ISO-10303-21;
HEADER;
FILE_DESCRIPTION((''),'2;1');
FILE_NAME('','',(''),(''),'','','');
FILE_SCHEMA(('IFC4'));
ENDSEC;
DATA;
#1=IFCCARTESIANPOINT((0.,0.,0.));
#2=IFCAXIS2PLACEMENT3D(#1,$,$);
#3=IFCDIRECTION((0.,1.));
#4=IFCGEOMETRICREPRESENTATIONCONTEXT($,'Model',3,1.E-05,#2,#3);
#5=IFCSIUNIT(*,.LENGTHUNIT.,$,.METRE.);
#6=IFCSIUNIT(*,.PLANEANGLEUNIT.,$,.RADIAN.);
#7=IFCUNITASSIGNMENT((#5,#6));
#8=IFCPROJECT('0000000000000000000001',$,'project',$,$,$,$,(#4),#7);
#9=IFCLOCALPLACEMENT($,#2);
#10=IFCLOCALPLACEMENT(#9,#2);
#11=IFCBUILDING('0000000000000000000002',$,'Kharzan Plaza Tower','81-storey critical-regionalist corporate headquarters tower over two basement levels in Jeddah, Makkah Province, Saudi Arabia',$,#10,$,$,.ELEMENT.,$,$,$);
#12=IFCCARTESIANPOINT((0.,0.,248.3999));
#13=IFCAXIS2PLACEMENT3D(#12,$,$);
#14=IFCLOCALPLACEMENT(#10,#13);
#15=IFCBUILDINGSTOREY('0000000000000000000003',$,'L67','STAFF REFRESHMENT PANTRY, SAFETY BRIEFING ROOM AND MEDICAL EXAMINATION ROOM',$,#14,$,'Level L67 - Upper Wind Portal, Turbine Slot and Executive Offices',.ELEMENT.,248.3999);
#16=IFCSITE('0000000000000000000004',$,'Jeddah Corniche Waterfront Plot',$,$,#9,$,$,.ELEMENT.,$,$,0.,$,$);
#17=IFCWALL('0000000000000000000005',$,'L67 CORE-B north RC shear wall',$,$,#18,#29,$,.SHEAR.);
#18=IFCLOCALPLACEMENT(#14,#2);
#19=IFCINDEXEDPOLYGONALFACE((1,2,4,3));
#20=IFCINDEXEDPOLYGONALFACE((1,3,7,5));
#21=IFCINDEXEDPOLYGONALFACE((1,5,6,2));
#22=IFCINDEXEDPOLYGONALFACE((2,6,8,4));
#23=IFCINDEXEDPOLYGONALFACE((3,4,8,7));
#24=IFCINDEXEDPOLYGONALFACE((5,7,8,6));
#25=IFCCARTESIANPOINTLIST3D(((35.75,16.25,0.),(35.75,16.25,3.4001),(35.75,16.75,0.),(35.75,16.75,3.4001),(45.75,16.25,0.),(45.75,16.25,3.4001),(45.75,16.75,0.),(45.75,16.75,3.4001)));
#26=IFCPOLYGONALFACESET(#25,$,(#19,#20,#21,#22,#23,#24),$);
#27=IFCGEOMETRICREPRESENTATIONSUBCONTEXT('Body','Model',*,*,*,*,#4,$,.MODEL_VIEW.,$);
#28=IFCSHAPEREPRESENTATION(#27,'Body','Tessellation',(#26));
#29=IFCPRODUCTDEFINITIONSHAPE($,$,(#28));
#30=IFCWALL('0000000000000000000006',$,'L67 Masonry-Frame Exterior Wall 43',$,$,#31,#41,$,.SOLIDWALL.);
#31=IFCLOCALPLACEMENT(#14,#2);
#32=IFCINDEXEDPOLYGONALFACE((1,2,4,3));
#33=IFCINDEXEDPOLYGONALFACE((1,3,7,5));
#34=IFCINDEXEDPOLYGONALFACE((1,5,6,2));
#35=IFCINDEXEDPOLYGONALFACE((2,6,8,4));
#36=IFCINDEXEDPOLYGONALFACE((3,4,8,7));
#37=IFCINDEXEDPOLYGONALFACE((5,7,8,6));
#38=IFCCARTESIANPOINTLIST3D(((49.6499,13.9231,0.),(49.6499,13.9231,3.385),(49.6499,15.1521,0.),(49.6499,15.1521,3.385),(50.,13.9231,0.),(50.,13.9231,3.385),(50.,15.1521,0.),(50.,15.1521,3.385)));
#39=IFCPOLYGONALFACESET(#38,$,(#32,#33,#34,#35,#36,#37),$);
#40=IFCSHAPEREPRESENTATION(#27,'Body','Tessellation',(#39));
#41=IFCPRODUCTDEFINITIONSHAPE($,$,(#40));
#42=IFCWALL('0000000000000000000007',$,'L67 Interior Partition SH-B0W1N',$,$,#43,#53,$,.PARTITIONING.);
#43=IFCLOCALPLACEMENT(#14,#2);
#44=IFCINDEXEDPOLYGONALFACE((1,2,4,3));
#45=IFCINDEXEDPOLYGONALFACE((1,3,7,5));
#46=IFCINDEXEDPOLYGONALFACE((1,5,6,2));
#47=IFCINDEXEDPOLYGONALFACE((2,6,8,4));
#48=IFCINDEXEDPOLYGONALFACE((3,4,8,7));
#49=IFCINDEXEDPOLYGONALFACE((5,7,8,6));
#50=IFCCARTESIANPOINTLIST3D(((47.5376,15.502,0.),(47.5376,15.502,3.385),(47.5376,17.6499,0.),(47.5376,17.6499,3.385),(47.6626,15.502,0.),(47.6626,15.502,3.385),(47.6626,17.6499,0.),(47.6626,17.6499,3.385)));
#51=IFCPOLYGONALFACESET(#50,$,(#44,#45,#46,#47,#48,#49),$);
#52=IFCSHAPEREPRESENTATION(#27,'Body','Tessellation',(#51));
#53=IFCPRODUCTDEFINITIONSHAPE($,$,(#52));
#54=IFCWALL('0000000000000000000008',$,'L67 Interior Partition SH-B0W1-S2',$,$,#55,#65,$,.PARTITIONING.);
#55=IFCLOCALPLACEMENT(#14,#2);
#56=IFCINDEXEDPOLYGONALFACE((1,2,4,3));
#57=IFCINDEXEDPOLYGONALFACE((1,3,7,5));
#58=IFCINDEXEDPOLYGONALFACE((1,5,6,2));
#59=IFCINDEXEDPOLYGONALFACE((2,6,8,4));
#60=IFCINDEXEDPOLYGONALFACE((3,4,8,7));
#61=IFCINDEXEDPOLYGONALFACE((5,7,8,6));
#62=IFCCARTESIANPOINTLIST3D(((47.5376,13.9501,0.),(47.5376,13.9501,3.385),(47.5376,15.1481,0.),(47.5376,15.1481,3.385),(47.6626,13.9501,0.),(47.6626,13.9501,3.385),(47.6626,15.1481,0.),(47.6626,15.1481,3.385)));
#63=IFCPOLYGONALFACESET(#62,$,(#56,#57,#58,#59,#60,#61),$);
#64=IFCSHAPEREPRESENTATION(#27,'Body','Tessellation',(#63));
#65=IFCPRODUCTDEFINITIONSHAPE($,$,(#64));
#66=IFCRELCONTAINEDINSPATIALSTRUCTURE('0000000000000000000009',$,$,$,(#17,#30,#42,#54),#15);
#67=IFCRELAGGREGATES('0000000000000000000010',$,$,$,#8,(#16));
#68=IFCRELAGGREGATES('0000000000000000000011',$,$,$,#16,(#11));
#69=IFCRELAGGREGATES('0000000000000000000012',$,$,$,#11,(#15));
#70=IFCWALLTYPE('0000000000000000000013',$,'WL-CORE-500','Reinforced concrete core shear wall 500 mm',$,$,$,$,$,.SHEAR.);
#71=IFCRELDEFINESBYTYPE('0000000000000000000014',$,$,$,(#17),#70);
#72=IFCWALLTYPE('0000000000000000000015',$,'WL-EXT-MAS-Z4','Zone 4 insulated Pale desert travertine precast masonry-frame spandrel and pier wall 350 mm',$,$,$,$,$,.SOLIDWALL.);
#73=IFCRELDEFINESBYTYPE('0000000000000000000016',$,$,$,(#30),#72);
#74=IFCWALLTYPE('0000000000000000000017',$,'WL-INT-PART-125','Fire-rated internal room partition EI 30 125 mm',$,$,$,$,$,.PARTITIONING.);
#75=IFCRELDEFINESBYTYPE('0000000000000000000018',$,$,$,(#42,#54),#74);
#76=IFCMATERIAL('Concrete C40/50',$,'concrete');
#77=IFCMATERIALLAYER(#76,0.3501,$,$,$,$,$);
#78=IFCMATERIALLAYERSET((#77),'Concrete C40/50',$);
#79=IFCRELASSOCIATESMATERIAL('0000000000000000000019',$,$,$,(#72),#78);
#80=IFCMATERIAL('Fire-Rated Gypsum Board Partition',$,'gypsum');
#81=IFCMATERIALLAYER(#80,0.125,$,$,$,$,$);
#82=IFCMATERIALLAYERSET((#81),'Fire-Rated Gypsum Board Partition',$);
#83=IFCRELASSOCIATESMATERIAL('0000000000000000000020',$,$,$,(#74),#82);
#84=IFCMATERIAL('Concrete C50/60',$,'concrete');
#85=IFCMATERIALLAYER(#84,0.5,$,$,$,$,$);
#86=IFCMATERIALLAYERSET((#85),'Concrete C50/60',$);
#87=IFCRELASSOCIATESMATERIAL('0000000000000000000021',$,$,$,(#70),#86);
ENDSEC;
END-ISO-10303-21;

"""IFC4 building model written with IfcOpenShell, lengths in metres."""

from ifc_helpers import new_model, si_unit, direction, frame, frame_2d, origin, place, context, subcontext, project, spatial, rectangle, extrude, source, transform, mapped, material, layer, layer_set, type_object, element, save


model = new_model("IFC4")

# Units and contexts
model_context = context("Model", 3, precision=1e-05, world=origin(), true_north=direction((0.0, 1.0)))
body_context = subcontext(model_context, "Body", "Model", "MODEL_VIEW")
ifc_project = project(units=[si_unit("LENGTHUNIT", "METRE"), si_unit("PLANEANGLEUNIT", "RADIAN")], contexts=[model_context])

# Site, building, storey
site_placement = place(None, origin())
site = spatial("IfcSite", under=ifc_project, at=site_placement, Name="Jeddah Corniche Waterfront Plot", CompositionType="ELEMENT", RefElevation=0.0)
building_placement = place(site_placement, origin())
building = spatial("IfcBuilding", under=site, at=building_placement, Name="Kharzan Plaza Tower", Description="81-storey critical-regionalist corporate headquarters tower over two basement levels in Jeddah, Makkah Province, Saudi Arabia", CompositionType="ELEMENT")
storey_placement = place(building_placement, frame((0.0, 0.0, 248.3999)))
storey = spatial("IfcBuildingStorey", under=building, at=storey_placement, Name="L67", Description="STAFF REFRESHMENT PANTRY, SAFETY BRIEFING ROOM AND MEDICAL EXAMINATION ROOM", LongName="Level L67 - Upper Wind Portal, Turbine Slot and Executive Offices", CompositionType="ELEMENT", Elevation=248.3999)

# Shared definitions
ifc_material_1 = material(Name="Concrete C50/60", Category="concrete")

# Shared definitions
ifc_material_2 = material(Name="Concrete C40/50", Category="concrete")
ifc_layer_1 = layer(ifc_material_2, 0.3501)
ifc_layer_set_1 = layer_set([ifc_layer_1], Name="Concrete C40/50")
wall_type_1 = type_object("IfcWallType", Name="WL-EXT-MAS-Z4", Description="Zone 4 insulated Pale desert travertine precast masonry-frame spandrel and pier wall 350 mm", PredefinedType="SOLIDWALL", material=ifc_layer_set_1)

# Shared definitions
ifc_material_3 = material(Name="Fire-Rated Gypsum Board Partition", Category="gypsum")
ifc_layer_2 = layer(ifc_material_3, 0.125)
ifc_layer_set_2 = layer_set([ifc_layer_2], Name="Fire-Rated Gypsum Board Partition")
wall_type_2 = type_object("IfcWallType", Name="WL-INT-PART-125", Description="Fire-rated internal room partition EI 30 125 mm", PredefinedType="PARTITIONING", material=ifc_layer_set_2)

# Walls
ifc_layer_3 = layer(ifc_material_1, 0.5)
ifc_layer_set_3 = layer_set([ifc_layer_3], Name="Concrete C50/60")
wall_type_3 = type_object("IfcWallType", Name="WL-CORE-500", Description="Reinforced concrete core shear wall 500 mm", PredefinedType="SHEAR", material=ifc_layer_set_3)
shared_shape_1 = source(origin(), body_context, "Body", "SweptSolid", [
    extrude(rectangle(XDim=10.0, YDim=0.5, at=frame_2d((5.0, 0.0))), origin(), (0.0, 0.0, 1.0), 3.4001),
])
wall_1_placement = place(storey_placement, frame((35.75, 16.5, 0.0), z_axis=(0.0, 0.0, 1.0), x_axis=(1.0, 0.0, 0.0)))
element("IfcWall", 1, at=wall_1_placement, inside=storey, type_object=wall_type_3, Name="L67 CORE-B north RC shear wall", PredefinedType="SHEAR", context=body_context, shape_type="MappedRepresentation", body=[
    mapped(shared_shape_1, transform((0.0, 0.0, 0.0), x_axis=(1.0, 0.0, 0.0), y_axis=(0.0, 1.0, 0.0), z_axis=(0.0, 0.0, 1.0))),
])
shared_shape_2 = source(origin(), body_context, "Body", "SweptSolid", [
    extrude(rectangle(XDim=1.229, YDim=0.3501, at=frame_2d((0.6145, 0.0))), origin(), (0.0, 0.0, 1.0), 3.385),
])
wall_2_placement = place(storey_placement, frame((49.825, 13.9231, 0.0), z_axis=(0.0, 0.0, 1.0), x_axis=(0.0, 1.0, 0.0)))
element("IfcWall", 2, at=wall_2_placement, inside=storey, type_object=wall_type_1, Name="L67 Masonry-Frame Exterior Wall 43", PredefinedType="SOLIDWALL", context=body_context, shape_type="MappedRepresentation", body=[
    mapped(shared_shape_2, transform((0.0, 0.0, 0.0), x_axis=(1.0, 0.0, 0.0), y_axis=(0.0, 1.0, 0.0), z_axis=(0.0, 0.0, 1.0))),
])
shared_shape_3 = source(origin(), body_context, "Body", "SweptSolid", [
    extrude(rectangle(XDim=2.1479, YDim=0.125, at=frame_2d((1.074, 0.0))), origin(), (0.0, 0.0, 1.0), 3.385),
])
wall_3_placement = place(storey_placement, frame((47.6001, 15.502, 0.0), z_axis=(0.0, 0.0, 1.0), x_axis=(0.0, 1.0, 0.0)))
element("IfcWall", 3, at=wall_3_placement, inside=storey, type_object=wall_type_2, Name="L67 Interior Partition SH-B0W1N", PredefinedType="PARTITIONING", context=body_context, shape_type="MappedRepresentation", body=[
    mapped(shared_shape_3, transform((0.0, 0.0, 0.0), x_axis=(1.0, 0.0, 0.0), y_axis=(0.0, 1.0, 0.0), z_axis=(0.0, 0.0, 1.0))),
])
shared_shape_4 = source(origin(), body_context, "Body", "SweptSolid", [
    extrude(rectangle(XDim=1.198, YDim=0.125, at=frame_2d((0.5991, 0.0))), origin(), (0.0, 0.0, 1.0), 3.385),
])
wall_4_placement = place(storey_placement, frame((47.6001, 13.95, 0.0), z_axis=(0.0, 0.0, 1.0), x_axis=(0.0, 1.0, 0.0)))
element("IfcWall", 4, at=wall_4_placement, inside=storey, type_object=wall_type_2, Name="L67 Interior Partition SH-B0W1-S2", PredefinedType="PARTITIONING", context=body_context, shape_type="MappedRepresentation", body=[
    mapped(shared_shape_4, transform((0.0, 0.0, 0.0), x_axis=(1.0, 0.0, 0.0), y_axis=(0.0, 1.0, 0.0), z_axis=(0.0, 0.0, 1.0))),
])

save(model, "model.ifc")
